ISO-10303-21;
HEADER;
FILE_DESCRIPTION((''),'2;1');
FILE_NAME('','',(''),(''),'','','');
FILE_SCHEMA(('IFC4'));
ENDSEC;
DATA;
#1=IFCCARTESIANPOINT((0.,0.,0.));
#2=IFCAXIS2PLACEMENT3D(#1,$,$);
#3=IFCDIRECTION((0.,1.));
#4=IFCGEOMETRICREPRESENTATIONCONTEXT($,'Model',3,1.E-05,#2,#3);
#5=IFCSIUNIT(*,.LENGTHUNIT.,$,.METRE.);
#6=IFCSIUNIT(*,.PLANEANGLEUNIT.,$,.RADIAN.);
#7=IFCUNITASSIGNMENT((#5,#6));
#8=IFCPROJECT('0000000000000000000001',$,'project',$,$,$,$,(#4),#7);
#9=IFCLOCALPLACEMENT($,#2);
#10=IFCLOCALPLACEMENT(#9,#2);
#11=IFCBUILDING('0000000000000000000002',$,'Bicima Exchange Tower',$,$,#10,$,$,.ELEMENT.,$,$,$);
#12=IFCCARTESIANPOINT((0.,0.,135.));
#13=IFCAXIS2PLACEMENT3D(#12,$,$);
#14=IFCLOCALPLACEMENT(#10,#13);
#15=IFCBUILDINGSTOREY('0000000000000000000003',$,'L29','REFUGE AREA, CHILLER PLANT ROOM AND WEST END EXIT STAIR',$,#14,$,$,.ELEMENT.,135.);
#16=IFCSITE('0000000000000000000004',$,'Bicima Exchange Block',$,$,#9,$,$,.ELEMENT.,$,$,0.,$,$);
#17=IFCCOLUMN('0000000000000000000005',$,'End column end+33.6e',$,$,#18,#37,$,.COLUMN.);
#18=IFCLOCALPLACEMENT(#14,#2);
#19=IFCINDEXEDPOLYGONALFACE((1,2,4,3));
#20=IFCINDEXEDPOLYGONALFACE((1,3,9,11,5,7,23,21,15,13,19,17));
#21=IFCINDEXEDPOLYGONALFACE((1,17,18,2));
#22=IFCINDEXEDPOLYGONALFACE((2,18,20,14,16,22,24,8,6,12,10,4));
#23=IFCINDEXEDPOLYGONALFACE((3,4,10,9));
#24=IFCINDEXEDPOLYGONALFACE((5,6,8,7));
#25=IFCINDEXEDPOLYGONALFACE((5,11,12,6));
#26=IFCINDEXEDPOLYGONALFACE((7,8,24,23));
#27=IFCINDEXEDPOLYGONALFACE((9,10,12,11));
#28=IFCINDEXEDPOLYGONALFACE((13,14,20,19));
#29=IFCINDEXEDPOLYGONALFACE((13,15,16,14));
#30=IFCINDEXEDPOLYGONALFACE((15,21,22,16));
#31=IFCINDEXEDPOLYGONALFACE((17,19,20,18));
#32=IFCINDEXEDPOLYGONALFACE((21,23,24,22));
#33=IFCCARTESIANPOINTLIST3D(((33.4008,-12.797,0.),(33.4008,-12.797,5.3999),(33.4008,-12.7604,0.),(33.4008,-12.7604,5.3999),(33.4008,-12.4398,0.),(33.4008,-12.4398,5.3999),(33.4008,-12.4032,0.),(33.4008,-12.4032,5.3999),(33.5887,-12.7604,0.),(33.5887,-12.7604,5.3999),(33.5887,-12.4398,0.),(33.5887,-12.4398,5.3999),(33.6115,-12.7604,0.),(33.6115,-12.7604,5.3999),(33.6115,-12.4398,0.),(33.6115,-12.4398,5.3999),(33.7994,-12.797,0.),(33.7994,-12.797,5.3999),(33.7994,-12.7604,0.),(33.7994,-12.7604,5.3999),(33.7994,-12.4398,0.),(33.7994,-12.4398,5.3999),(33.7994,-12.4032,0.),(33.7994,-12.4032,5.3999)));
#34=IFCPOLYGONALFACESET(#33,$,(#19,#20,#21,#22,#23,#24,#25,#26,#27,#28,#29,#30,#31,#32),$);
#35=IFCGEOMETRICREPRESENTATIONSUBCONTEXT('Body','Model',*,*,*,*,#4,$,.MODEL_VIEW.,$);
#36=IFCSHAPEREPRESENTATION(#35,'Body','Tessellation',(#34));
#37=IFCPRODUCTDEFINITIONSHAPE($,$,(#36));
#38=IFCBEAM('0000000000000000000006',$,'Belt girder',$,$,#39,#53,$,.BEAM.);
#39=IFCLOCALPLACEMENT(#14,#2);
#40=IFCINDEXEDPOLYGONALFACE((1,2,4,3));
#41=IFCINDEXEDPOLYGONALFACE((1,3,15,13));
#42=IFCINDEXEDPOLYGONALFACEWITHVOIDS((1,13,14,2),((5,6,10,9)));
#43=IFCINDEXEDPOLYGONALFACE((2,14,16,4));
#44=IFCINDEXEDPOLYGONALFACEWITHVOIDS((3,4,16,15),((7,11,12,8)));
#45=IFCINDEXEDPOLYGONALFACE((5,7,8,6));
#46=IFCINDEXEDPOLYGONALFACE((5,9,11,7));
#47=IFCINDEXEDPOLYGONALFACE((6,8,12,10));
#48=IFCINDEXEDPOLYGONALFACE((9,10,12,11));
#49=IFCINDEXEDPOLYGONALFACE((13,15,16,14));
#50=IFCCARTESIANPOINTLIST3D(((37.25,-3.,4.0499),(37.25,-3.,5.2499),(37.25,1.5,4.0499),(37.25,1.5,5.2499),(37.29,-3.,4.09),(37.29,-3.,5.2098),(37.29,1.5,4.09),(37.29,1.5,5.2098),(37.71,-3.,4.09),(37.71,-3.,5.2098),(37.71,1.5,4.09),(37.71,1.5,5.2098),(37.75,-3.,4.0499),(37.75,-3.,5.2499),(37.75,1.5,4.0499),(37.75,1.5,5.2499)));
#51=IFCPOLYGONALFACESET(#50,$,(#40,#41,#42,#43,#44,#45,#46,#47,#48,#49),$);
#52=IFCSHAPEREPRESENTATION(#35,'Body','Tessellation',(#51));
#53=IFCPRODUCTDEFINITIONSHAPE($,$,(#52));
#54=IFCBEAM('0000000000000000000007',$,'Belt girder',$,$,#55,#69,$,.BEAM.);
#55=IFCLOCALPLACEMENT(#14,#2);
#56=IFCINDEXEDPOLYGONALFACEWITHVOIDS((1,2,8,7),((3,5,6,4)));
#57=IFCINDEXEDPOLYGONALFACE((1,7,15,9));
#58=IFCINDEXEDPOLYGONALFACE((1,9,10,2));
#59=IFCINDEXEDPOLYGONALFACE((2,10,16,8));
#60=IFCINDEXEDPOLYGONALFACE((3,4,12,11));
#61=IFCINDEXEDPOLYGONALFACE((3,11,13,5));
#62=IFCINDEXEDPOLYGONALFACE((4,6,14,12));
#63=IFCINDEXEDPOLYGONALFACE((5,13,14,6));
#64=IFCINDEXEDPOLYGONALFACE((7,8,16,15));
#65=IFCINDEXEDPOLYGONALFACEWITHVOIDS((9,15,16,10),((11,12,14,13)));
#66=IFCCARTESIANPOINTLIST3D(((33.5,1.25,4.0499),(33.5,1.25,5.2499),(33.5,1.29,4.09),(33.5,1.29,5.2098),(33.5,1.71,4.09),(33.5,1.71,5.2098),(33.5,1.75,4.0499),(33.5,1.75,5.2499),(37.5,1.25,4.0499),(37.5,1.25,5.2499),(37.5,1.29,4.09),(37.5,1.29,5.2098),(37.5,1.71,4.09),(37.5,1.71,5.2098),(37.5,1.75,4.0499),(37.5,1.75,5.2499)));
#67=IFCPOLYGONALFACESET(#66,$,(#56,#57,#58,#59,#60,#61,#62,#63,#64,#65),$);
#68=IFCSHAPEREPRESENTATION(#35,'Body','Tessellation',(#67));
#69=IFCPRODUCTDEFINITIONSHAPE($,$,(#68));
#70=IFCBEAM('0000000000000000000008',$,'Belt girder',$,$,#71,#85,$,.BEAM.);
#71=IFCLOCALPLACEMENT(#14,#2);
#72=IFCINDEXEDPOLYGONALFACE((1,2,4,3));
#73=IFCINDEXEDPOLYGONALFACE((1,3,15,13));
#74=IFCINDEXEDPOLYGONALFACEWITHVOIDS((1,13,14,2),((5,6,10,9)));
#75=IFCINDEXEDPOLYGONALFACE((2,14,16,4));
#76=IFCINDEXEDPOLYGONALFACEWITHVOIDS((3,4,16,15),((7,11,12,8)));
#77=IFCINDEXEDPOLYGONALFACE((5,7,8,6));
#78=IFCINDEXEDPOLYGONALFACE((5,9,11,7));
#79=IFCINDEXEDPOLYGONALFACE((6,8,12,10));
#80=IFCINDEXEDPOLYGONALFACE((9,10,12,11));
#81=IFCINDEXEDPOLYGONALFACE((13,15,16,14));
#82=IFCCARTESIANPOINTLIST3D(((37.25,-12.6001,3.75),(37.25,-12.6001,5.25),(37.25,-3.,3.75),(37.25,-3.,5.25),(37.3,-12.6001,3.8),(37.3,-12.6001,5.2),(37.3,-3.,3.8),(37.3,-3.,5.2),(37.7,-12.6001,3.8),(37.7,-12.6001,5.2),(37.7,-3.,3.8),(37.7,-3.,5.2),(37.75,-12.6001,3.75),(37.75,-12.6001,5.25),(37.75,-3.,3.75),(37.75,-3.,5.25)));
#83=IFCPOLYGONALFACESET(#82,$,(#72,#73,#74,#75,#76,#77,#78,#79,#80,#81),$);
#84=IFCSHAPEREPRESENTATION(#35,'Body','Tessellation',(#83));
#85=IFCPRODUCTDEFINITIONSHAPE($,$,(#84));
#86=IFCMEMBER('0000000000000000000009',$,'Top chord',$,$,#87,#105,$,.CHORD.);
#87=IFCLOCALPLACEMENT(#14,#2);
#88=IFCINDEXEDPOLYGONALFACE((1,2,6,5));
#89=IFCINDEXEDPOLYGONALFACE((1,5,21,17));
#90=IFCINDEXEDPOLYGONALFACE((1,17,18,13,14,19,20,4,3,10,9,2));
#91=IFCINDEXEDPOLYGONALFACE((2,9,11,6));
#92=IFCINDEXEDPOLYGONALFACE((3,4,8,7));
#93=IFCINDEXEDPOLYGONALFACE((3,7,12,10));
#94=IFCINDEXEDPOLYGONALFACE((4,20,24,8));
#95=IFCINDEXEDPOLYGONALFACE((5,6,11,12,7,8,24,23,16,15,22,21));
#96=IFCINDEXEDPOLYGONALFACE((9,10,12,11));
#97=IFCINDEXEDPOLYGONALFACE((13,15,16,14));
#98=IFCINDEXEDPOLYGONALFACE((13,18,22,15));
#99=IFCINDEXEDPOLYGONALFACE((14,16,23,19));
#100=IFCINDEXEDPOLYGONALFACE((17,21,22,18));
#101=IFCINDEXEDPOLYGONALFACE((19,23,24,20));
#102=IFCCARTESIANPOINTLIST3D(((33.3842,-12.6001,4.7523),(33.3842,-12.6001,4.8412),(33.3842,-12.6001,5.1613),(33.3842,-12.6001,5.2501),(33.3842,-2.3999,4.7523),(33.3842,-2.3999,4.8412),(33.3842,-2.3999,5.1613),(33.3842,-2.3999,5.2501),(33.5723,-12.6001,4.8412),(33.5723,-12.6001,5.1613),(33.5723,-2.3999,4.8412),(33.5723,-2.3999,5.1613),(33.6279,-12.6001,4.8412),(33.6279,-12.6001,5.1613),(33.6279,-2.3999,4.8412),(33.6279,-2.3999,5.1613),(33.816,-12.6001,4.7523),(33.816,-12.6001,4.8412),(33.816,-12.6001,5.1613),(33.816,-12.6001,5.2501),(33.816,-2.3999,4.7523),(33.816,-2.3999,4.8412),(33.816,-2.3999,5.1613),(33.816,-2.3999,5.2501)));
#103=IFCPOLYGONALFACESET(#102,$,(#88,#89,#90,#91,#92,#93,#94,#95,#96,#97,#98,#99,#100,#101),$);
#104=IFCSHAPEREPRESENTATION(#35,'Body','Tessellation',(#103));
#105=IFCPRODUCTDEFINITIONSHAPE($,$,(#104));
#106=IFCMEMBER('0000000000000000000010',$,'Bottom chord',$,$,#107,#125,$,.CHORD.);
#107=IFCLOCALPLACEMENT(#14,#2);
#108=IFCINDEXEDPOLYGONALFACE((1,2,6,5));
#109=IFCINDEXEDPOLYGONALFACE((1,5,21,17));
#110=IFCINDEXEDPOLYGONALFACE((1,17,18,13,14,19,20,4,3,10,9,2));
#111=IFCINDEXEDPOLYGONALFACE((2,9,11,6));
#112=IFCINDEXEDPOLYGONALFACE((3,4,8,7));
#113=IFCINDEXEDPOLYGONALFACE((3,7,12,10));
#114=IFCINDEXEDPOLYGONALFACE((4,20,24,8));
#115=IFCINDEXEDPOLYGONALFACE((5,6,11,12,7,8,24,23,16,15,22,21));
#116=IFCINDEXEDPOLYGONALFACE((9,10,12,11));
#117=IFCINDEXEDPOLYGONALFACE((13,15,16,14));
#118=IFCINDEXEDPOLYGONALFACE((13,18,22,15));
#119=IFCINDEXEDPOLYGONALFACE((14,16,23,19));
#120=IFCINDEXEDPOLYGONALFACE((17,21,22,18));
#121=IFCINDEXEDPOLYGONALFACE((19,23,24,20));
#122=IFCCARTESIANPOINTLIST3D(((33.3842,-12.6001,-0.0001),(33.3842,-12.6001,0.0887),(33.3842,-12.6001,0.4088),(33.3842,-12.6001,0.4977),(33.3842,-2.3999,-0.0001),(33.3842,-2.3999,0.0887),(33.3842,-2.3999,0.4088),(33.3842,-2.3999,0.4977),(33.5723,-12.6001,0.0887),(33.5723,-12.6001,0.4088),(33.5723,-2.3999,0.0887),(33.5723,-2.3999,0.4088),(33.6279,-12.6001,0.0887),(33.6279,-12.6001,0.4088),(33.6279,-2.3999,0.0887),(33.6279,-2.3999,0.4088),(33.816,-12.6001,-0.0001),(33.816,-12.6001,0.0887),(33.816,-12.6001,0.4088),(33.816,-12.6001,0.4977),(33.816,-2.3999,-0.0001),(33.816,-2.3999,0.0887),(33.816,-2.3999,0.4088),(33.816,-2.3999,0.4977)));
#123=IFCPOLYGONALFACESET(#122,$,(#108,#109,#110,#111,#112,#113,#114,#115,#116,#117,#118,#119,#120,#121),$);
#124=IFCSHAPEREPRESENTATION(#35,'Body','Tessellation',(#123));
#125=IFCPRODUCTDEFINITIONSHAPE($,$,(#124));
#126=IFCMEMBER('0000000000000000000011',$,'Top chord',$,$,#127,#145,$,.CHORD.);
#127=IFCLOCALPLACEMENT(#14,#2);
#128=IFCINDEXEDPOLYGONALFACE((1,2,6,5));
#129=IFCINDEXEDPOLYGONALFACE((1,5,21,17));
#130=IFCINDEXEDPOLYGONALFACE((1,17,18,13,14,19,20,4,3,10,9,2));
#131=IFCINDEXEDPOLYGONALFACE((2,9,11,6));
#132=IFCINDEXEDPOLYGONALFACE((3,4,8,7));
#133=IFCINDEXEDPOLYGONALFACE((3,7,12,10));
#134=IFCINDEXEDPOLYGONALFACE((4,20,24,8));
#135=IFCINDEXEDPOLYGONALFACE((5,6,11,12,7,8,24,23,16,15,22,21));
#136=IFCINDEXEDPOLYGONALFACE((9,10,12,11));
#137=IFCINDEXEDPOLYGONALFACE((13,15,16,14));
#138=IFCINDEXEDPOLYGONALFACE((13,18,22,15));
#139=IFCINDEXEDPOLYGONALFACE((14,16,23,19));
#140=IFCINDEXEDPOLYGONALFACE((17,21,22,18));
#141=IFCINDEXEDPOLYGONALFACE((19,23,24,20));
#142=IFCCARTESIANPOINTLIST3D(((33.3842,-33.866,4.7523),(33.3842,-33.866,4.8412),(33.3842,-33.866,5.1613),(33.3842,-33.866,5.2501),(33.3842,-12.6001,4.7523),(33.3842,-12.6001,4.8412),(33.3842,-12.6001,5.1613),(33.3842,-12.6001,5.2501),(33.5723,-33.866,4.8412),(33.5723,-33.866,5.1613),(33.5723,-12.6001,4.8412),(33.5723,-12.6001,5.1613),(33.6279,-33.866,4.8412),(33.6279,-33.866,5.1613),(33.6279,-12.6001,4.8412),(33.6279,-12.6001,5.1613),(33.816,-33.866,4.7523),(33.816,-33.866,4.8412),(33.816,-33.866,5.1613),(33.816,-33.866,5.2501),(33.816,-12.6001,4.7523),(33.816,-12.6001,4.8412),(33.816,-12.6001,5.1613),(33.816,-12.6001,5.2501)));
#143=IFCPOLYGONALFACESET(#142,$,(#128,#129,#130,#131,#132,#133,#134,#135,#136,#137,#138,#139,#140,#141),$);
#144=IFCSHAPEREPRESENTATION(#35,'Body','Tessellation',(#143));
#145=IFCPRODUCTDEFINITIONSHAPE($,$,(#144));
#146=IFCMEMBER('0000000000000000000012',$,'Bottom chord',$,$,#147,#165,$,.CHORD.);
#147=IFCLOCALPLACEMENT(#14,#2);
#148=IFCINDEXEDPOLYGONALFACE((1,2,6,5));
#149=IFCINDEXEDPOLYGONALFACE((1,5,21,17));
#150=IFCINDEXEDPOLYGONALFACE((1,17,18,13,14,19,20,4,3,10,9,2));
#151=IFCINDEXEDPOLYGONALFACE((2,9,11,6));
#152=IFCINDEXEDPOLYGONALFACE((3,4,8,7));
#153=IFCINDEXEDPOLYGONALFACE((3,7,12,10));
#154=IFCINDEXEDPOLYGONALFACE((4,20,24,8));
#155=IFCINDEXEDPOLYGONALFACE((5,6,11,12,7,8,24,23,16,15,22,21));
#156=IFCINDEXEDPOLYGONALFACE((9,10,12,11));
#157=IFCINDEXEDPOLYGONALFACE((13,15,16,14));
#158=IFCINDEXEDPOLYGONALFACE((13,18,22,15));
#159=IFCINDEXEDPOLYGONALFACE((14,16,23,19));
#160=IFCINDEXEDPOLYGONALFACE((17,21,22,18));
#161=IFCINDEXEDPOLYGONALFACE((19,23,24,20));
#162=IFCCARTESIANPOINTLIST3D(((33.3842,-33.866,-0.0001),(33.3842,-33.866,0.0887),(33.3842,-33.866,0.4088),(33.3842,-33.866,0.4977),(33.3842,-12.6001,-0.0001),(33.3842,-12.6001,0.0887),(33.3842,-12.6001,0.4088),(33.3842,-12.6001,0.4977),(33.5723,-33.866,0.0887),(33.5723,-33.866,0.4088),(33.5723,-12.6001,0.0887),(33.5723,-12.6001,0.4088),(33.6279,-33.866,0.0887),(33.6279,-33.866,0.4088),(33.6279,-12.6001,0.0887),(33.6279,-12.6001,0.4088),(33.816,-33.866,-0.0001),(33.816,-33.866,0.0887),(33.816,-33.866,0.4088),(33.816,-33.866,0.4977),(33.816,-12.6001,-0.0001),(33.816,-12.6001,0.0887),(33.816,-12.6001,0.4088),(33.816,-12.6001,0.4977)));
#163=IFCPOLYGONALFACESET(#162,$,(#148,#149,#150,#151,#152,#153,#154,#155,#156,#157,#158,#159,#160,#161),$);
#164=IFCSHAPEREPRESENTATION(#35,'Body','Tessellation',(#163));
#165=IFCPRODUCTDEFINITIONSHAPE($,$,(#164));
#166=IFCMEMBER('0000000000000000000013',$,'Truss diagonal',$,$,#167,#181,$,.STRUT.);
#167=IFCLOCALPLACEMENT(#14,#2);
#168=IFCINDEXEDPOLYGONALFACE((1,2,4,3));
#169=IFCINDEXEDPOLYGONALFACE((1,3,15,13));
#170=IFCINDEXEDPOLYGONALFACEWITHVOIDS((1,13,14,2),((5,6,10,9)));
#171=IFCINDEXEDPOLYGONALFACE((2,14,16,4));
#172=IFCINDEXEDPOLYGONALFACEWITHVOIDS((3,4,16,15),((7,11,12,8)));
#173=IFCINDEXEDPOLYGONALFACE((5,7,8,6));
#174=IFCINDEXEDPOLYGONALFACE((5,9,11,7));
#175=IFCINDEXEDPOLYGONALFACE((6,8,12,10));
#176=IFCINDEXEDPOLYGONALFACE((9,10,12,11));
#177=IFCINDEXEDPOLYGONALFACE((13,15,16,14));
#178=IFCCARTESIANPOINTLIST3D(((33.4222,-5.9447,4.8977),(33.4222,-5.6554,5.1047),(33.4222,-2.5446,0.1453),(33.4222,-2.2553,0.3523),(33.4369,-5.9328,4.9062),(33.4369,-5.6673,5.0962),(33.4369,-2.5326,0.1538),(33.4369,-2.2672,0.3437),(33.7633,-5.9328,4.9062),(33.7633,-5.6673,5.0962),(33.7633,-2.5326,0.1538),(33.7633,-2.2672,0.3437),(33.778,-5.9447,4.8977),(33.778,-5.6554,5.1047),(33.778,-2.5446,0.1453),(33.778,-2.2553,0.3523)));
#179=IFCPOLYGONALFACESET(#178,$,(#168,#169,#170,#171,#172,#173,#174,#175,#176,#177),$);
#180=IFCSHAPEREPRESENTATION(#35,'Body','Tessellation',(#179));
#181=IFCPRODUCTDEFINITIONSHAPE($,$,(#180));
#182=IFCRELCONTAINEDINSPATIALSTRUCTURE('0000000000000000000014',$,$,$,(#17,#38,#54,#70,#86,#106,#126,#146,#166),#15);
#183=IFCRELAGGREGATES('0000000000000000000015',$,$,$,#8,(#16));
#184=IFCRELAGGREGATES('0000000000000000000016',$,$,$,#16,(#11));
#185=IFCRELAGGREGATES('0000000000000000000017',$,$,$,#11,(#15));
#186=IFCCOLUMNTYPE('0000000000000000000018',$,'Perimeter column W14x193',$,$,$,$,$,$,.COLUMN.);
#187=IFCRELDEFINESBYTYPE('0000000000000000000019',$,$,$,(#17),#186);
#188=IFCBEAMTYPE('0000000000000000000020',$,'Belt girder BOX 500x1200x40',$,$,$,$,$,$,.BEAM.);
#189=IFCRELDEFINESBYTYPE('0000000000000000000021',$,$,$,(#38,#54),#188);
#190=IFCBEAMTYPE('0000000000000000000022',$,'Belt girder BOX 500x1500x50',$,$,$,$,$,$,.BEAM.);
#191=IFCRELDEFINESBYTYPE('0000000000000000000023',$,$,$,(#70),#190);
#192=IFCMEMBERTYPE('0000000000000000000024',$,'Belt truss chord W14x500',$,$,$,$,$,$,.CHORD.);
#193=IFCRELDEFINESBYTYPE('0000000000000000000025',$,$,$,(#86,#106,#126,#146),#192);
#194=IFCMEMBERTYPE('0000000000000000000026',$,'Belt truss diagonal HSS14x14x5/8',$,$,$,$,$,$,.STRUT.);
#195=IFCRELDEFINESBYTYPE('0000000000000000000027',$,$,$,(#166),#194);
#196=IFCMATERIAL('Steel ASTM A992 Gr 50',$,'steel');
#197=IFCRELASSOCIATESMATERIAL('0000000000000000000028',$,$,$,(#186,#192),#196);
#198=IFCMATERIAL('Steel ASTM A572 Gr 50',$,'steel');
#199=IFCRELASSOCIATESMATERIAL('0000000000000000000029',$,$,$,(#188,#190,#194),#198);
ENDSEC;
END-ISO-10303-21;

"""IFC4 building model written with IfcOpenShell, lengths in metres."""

from ifc_helpers import new_model, si_unit, direction, frame, origin, origin_2d, place, context, subcontext, project, spatial, hollow_rectangle, i_section, extrude, material, material_profile, profile_set, type_object, element, save


model = new_model("IFC4")

# Units and contexts
model_context = context("Model", 3, precision=1e-05, world=origin(), true_north=direction((0.0, 1.0)))
body_context = subcontext(model_context, "Body", "Model", "MODEL_VIEW")
ifc_project = project(units=[si_unit("LENGTHUNIT", "METRE"), si_unit("PLANEANGLEUNIT", "RADIAN")], contexts=[model_context])

# Site, building, storey
site_placement = place(None, origin())
site = spatial("IfcSite", under=ifc_project, at=site_placement, Name="Bicima Exchange Block", CompositionType="ELEMENT", RefElevation=0.0)
building_placement = place(site_placement, origin())
building = spatial("IfcBuilding", under=site, at=building_placement, Name="Bicima Exchange Tower", CompositionType="ELEMENT")
storey_placement = place(building_placement, frame((0.0, 0.0, 135.0)))
storey = spatial("IfcBuildingStorey", under=building, at=storey_placement, Name="L29", Description="REFUGE AREA, CHILLER PLANT ROOM AND WEST END EXIT STAIR", CompositionType="ELEMENT", Elevation=135.0)

# Column
ifc_material_1 = material(Name="Steel ASTM A992 Gr 50", Category="steel")
ifc_material_profile_1 = material_profile(ifc_material_1, i_section(OverallWidth=0.3987, OverallDepth=0.3938, WebThickness=0.0227, FlangeThickness=0.0366, at=origin_2d()))
ifc_profile_set_1 = profile_set([ifc_material_profile_1], Name="Steel ASTM A992 Gr 50")
column_type = type_object("IfcColumnType", Name="Perimeter column W14x193", PredefinedType="COLUMN", material=ifc_profile_set_1)
column_placement = place(storey_placement, frame((33.6001, -12.6001, 0.0), z_axis=(0.0, 0.0, 1.0), x_axis=(1.0, 0.0, 0.0)))
element("IfcColumn", 1, at=column_placement, inside=storey, type_object=column_type, Name="End column end+33.6e", PredefinedType="COLUMN", context=body_context, shape_type="SweptSolid", body=[
    extrude(i_section(OverallWidth=0.3987, OverallDepth=0.3938, WebThickness=0.0227, FlangeThickness=0.0366, at=origin_2d()), origin(), (0.0, 0.0, 1.0), 5.3999),
])

# Beams
ifc_material_2 = material(Name="Steel ASTM A572 Gr 50", Category="steel")
ifc_material_profile_2 = material_profile(ifc_material_2, hollow_rectangle(XDim=0.5, YDim=1.2, WallThickness=0.04, at=origin_2d()))
ifc_profile_set_2 = profile_set([ifc_material_profile_2], Name="Steel ASTM A572 Gr 50")
beam_type_1 = type_object("IfcBeamType", Name="Belt girder BOX 500x1200x40", PredefinedType="BEAM", material=ifc_profile_set_2)
beam_1_placement = place(storey_placement, frame((37.5, -3.0, 4.6499), z_axis=(0.0, 1.0, 0.0), x_axis=(-1.0, 0.0, 0.0)))
element("IfcBeam", 2, at=beam_1_placement, inside=storey, type_object=beam_type_1, Name="Belt girder", PredefinedType="BEAM", context=body_context, shape_type="SweptSolid", body=[
    extrude(hollow_rectangle(XDim=0.5, YDim=1.2, WallThickness=0.04, at=origin_2d()), origin(), (0.0, 0.0, 1.0), 4.5),
])
beam_2_placement = place(storey_placement, frame((37.5, 1.5, 4.6499), z_axis=(-1.0, 0.0, 0.0), x_axis=(0.0, -1.0, 0.0)))
element("IfcBeam", 3, at=beam_2_placement, inside=storey, type_object=beam_type_1, Name="Belt girder", PredefinedType="BEAM", context=body_context, shape_type="SweptSolid", body=[
    extrude(hollow_rectangle(XDim=0.5, YDim=1.2, WallThickness=0.04, at=origin_2d()), origin(), (0.0, 0.0, 1.0), 4.0),
])
ifc_material_profile_3 = material_profile(ifc_material_2, hollow_rectangle(XDim=0.5, YDim=1.5, WallThickness=0.05, at=origin_2d()))
ifc_profile_set_3 = profile_set([ifc_material_profile_3], Name="Steel ASTM A572 Gr 50")
beam_type_2 = type_object("IfcBeamType", Name="Belt girder BOX 500x1500x50", PredefinedType="BEAM", material=ifc_profile_set_3)
beam_3_placement = place(storey_placement, frame((37.5, -12.6001, 4.5), z_axis=(0.0, 1.0, 0.0), x_axis=(-1.0, 0.0, 0.0)))
element("IfcBeam", 4, at=beam_3_placement, inside=storey, type_object=beam_type_2, Name="Belt girder", PredefinedType="BEAM", context=body_context, shape_type="SweptSolid", body=[
    extrude(hollow_rectangle(XDim=0.5, YDim=1.5, WallThickness=0.05, at=origin_2d()), origin(), (0.0, 0.0, 1.0), 9.6001),
])

# Members
ifc_material_profile_4 = material_profile(ifc_material_1, i_section(OverallWidth=0.4319, OverallDepth=0.4978, WebThickness=0.0557, FlangeThickness=0.0889, at=origin_2d()))
ifc_profile_set_4 = profile_set([ifc_material_profile_4], Name="Steel ASTM A992 Gr 50")
member_type_1 = type_object("IfcMemberType", Name="Belt truss chord W14x500", PredefinedType="CHORD", material=ifc_profile_set_4)
for number, where, z_axis, x_axis, name in (
    (5, (33.6001, -2.3999, 5.0012), (0.0, -1.0, 0.0), (1.0, 0.0, 0.0), "Top chord"),
    (6, (33.6001, -2.3999, 0.2488), (0.0, -1.0, 0.0), (1.0, 0.0, 0.0), "Bottom chord"),
):
    element("IfcMember", number, at=place(storey_placement, frame(where, z_axis=z_axis, x_axis=x_axis)), inside=storey, type_object=member_type_1, Name=name, PredefinedType="CHORD", context=body_context, shape_type="SweptSolid", body=[
        extrude(i_section(OverallWidth=0.4319, OverallDepth=0.4978, WebThickness=0.0557, FlangeThickness=0.0889, at=origin_2d()), origin(), (0.0, 0.0, 1.0), 10.2002),
    ])
for number, where, z_axis, x_axis, name in (
    (7, (33.6001, -12.6001, 5.0012), (0.0, -1.0, 0.0), (1.0, 0.0, 0.0), "Top chord"),
    (8, (33.6001, -12.6001, 0.2488), (0.0, -1.0, 0.0), (1.0, 0.0, 0.0), "Bottom chord"),
):
    element("IfcMember", number, at=place(storey_placement, frame(where, z_axis=z_axis, x_axis=x_axis)), inside=storey, type_object=member_type_1, Name=name, PredefinedType="CHORD", context=body_context, shape_type="SweptSolid", body=[
        extrude(i_section(OverallWidth=0.4319, OverallDepth=0.4978, WebThickness=0.0557, FlangeThickness=0.0889, at=origin_2d()), origin(), (0.0, 0.0, 1.0), 21.2659),
    ])
ifc_material_profile_5 = material_profile(ifc_material_2, hollow_rectangle(XDim=0.3557, YDim=0.3557, WallThickness=0.0146, at=origin_2d()))
ifc_profile_set_5 = profile_set([ifc_material_profile_5], Name="Steel ASTM A572 Gr 50")
member_type_2 = type_object("IfcMemberType", Name="Belt truss diagonal HSS14x14x5/8", PredefinedType="STRUT", material=ifc_profile_set_5)
member_1_placement = place(storey_placement, frame((33.6001, -2.3999, 0.2488), z_axis=(0.0, -0.581866, 0.813284), x_axis=(1.0, 0.0, 0.0)))
element("IfcMember", 9, at=member_1_placement, inside=storey, type_object=member_type_2, Name="Truss diagonal", PredefinedType="STRUT", context=body_context, shape_type="SweptSolid", body=[
    extrude(hollow_rectangle(XDim=0.3557, YDim=0.3557, WallThickness=0.0146, at=origin_2d()), origin(), (0.0, 0.0, 1.0), 5.8435),
])

save(model, "model.ifc")
